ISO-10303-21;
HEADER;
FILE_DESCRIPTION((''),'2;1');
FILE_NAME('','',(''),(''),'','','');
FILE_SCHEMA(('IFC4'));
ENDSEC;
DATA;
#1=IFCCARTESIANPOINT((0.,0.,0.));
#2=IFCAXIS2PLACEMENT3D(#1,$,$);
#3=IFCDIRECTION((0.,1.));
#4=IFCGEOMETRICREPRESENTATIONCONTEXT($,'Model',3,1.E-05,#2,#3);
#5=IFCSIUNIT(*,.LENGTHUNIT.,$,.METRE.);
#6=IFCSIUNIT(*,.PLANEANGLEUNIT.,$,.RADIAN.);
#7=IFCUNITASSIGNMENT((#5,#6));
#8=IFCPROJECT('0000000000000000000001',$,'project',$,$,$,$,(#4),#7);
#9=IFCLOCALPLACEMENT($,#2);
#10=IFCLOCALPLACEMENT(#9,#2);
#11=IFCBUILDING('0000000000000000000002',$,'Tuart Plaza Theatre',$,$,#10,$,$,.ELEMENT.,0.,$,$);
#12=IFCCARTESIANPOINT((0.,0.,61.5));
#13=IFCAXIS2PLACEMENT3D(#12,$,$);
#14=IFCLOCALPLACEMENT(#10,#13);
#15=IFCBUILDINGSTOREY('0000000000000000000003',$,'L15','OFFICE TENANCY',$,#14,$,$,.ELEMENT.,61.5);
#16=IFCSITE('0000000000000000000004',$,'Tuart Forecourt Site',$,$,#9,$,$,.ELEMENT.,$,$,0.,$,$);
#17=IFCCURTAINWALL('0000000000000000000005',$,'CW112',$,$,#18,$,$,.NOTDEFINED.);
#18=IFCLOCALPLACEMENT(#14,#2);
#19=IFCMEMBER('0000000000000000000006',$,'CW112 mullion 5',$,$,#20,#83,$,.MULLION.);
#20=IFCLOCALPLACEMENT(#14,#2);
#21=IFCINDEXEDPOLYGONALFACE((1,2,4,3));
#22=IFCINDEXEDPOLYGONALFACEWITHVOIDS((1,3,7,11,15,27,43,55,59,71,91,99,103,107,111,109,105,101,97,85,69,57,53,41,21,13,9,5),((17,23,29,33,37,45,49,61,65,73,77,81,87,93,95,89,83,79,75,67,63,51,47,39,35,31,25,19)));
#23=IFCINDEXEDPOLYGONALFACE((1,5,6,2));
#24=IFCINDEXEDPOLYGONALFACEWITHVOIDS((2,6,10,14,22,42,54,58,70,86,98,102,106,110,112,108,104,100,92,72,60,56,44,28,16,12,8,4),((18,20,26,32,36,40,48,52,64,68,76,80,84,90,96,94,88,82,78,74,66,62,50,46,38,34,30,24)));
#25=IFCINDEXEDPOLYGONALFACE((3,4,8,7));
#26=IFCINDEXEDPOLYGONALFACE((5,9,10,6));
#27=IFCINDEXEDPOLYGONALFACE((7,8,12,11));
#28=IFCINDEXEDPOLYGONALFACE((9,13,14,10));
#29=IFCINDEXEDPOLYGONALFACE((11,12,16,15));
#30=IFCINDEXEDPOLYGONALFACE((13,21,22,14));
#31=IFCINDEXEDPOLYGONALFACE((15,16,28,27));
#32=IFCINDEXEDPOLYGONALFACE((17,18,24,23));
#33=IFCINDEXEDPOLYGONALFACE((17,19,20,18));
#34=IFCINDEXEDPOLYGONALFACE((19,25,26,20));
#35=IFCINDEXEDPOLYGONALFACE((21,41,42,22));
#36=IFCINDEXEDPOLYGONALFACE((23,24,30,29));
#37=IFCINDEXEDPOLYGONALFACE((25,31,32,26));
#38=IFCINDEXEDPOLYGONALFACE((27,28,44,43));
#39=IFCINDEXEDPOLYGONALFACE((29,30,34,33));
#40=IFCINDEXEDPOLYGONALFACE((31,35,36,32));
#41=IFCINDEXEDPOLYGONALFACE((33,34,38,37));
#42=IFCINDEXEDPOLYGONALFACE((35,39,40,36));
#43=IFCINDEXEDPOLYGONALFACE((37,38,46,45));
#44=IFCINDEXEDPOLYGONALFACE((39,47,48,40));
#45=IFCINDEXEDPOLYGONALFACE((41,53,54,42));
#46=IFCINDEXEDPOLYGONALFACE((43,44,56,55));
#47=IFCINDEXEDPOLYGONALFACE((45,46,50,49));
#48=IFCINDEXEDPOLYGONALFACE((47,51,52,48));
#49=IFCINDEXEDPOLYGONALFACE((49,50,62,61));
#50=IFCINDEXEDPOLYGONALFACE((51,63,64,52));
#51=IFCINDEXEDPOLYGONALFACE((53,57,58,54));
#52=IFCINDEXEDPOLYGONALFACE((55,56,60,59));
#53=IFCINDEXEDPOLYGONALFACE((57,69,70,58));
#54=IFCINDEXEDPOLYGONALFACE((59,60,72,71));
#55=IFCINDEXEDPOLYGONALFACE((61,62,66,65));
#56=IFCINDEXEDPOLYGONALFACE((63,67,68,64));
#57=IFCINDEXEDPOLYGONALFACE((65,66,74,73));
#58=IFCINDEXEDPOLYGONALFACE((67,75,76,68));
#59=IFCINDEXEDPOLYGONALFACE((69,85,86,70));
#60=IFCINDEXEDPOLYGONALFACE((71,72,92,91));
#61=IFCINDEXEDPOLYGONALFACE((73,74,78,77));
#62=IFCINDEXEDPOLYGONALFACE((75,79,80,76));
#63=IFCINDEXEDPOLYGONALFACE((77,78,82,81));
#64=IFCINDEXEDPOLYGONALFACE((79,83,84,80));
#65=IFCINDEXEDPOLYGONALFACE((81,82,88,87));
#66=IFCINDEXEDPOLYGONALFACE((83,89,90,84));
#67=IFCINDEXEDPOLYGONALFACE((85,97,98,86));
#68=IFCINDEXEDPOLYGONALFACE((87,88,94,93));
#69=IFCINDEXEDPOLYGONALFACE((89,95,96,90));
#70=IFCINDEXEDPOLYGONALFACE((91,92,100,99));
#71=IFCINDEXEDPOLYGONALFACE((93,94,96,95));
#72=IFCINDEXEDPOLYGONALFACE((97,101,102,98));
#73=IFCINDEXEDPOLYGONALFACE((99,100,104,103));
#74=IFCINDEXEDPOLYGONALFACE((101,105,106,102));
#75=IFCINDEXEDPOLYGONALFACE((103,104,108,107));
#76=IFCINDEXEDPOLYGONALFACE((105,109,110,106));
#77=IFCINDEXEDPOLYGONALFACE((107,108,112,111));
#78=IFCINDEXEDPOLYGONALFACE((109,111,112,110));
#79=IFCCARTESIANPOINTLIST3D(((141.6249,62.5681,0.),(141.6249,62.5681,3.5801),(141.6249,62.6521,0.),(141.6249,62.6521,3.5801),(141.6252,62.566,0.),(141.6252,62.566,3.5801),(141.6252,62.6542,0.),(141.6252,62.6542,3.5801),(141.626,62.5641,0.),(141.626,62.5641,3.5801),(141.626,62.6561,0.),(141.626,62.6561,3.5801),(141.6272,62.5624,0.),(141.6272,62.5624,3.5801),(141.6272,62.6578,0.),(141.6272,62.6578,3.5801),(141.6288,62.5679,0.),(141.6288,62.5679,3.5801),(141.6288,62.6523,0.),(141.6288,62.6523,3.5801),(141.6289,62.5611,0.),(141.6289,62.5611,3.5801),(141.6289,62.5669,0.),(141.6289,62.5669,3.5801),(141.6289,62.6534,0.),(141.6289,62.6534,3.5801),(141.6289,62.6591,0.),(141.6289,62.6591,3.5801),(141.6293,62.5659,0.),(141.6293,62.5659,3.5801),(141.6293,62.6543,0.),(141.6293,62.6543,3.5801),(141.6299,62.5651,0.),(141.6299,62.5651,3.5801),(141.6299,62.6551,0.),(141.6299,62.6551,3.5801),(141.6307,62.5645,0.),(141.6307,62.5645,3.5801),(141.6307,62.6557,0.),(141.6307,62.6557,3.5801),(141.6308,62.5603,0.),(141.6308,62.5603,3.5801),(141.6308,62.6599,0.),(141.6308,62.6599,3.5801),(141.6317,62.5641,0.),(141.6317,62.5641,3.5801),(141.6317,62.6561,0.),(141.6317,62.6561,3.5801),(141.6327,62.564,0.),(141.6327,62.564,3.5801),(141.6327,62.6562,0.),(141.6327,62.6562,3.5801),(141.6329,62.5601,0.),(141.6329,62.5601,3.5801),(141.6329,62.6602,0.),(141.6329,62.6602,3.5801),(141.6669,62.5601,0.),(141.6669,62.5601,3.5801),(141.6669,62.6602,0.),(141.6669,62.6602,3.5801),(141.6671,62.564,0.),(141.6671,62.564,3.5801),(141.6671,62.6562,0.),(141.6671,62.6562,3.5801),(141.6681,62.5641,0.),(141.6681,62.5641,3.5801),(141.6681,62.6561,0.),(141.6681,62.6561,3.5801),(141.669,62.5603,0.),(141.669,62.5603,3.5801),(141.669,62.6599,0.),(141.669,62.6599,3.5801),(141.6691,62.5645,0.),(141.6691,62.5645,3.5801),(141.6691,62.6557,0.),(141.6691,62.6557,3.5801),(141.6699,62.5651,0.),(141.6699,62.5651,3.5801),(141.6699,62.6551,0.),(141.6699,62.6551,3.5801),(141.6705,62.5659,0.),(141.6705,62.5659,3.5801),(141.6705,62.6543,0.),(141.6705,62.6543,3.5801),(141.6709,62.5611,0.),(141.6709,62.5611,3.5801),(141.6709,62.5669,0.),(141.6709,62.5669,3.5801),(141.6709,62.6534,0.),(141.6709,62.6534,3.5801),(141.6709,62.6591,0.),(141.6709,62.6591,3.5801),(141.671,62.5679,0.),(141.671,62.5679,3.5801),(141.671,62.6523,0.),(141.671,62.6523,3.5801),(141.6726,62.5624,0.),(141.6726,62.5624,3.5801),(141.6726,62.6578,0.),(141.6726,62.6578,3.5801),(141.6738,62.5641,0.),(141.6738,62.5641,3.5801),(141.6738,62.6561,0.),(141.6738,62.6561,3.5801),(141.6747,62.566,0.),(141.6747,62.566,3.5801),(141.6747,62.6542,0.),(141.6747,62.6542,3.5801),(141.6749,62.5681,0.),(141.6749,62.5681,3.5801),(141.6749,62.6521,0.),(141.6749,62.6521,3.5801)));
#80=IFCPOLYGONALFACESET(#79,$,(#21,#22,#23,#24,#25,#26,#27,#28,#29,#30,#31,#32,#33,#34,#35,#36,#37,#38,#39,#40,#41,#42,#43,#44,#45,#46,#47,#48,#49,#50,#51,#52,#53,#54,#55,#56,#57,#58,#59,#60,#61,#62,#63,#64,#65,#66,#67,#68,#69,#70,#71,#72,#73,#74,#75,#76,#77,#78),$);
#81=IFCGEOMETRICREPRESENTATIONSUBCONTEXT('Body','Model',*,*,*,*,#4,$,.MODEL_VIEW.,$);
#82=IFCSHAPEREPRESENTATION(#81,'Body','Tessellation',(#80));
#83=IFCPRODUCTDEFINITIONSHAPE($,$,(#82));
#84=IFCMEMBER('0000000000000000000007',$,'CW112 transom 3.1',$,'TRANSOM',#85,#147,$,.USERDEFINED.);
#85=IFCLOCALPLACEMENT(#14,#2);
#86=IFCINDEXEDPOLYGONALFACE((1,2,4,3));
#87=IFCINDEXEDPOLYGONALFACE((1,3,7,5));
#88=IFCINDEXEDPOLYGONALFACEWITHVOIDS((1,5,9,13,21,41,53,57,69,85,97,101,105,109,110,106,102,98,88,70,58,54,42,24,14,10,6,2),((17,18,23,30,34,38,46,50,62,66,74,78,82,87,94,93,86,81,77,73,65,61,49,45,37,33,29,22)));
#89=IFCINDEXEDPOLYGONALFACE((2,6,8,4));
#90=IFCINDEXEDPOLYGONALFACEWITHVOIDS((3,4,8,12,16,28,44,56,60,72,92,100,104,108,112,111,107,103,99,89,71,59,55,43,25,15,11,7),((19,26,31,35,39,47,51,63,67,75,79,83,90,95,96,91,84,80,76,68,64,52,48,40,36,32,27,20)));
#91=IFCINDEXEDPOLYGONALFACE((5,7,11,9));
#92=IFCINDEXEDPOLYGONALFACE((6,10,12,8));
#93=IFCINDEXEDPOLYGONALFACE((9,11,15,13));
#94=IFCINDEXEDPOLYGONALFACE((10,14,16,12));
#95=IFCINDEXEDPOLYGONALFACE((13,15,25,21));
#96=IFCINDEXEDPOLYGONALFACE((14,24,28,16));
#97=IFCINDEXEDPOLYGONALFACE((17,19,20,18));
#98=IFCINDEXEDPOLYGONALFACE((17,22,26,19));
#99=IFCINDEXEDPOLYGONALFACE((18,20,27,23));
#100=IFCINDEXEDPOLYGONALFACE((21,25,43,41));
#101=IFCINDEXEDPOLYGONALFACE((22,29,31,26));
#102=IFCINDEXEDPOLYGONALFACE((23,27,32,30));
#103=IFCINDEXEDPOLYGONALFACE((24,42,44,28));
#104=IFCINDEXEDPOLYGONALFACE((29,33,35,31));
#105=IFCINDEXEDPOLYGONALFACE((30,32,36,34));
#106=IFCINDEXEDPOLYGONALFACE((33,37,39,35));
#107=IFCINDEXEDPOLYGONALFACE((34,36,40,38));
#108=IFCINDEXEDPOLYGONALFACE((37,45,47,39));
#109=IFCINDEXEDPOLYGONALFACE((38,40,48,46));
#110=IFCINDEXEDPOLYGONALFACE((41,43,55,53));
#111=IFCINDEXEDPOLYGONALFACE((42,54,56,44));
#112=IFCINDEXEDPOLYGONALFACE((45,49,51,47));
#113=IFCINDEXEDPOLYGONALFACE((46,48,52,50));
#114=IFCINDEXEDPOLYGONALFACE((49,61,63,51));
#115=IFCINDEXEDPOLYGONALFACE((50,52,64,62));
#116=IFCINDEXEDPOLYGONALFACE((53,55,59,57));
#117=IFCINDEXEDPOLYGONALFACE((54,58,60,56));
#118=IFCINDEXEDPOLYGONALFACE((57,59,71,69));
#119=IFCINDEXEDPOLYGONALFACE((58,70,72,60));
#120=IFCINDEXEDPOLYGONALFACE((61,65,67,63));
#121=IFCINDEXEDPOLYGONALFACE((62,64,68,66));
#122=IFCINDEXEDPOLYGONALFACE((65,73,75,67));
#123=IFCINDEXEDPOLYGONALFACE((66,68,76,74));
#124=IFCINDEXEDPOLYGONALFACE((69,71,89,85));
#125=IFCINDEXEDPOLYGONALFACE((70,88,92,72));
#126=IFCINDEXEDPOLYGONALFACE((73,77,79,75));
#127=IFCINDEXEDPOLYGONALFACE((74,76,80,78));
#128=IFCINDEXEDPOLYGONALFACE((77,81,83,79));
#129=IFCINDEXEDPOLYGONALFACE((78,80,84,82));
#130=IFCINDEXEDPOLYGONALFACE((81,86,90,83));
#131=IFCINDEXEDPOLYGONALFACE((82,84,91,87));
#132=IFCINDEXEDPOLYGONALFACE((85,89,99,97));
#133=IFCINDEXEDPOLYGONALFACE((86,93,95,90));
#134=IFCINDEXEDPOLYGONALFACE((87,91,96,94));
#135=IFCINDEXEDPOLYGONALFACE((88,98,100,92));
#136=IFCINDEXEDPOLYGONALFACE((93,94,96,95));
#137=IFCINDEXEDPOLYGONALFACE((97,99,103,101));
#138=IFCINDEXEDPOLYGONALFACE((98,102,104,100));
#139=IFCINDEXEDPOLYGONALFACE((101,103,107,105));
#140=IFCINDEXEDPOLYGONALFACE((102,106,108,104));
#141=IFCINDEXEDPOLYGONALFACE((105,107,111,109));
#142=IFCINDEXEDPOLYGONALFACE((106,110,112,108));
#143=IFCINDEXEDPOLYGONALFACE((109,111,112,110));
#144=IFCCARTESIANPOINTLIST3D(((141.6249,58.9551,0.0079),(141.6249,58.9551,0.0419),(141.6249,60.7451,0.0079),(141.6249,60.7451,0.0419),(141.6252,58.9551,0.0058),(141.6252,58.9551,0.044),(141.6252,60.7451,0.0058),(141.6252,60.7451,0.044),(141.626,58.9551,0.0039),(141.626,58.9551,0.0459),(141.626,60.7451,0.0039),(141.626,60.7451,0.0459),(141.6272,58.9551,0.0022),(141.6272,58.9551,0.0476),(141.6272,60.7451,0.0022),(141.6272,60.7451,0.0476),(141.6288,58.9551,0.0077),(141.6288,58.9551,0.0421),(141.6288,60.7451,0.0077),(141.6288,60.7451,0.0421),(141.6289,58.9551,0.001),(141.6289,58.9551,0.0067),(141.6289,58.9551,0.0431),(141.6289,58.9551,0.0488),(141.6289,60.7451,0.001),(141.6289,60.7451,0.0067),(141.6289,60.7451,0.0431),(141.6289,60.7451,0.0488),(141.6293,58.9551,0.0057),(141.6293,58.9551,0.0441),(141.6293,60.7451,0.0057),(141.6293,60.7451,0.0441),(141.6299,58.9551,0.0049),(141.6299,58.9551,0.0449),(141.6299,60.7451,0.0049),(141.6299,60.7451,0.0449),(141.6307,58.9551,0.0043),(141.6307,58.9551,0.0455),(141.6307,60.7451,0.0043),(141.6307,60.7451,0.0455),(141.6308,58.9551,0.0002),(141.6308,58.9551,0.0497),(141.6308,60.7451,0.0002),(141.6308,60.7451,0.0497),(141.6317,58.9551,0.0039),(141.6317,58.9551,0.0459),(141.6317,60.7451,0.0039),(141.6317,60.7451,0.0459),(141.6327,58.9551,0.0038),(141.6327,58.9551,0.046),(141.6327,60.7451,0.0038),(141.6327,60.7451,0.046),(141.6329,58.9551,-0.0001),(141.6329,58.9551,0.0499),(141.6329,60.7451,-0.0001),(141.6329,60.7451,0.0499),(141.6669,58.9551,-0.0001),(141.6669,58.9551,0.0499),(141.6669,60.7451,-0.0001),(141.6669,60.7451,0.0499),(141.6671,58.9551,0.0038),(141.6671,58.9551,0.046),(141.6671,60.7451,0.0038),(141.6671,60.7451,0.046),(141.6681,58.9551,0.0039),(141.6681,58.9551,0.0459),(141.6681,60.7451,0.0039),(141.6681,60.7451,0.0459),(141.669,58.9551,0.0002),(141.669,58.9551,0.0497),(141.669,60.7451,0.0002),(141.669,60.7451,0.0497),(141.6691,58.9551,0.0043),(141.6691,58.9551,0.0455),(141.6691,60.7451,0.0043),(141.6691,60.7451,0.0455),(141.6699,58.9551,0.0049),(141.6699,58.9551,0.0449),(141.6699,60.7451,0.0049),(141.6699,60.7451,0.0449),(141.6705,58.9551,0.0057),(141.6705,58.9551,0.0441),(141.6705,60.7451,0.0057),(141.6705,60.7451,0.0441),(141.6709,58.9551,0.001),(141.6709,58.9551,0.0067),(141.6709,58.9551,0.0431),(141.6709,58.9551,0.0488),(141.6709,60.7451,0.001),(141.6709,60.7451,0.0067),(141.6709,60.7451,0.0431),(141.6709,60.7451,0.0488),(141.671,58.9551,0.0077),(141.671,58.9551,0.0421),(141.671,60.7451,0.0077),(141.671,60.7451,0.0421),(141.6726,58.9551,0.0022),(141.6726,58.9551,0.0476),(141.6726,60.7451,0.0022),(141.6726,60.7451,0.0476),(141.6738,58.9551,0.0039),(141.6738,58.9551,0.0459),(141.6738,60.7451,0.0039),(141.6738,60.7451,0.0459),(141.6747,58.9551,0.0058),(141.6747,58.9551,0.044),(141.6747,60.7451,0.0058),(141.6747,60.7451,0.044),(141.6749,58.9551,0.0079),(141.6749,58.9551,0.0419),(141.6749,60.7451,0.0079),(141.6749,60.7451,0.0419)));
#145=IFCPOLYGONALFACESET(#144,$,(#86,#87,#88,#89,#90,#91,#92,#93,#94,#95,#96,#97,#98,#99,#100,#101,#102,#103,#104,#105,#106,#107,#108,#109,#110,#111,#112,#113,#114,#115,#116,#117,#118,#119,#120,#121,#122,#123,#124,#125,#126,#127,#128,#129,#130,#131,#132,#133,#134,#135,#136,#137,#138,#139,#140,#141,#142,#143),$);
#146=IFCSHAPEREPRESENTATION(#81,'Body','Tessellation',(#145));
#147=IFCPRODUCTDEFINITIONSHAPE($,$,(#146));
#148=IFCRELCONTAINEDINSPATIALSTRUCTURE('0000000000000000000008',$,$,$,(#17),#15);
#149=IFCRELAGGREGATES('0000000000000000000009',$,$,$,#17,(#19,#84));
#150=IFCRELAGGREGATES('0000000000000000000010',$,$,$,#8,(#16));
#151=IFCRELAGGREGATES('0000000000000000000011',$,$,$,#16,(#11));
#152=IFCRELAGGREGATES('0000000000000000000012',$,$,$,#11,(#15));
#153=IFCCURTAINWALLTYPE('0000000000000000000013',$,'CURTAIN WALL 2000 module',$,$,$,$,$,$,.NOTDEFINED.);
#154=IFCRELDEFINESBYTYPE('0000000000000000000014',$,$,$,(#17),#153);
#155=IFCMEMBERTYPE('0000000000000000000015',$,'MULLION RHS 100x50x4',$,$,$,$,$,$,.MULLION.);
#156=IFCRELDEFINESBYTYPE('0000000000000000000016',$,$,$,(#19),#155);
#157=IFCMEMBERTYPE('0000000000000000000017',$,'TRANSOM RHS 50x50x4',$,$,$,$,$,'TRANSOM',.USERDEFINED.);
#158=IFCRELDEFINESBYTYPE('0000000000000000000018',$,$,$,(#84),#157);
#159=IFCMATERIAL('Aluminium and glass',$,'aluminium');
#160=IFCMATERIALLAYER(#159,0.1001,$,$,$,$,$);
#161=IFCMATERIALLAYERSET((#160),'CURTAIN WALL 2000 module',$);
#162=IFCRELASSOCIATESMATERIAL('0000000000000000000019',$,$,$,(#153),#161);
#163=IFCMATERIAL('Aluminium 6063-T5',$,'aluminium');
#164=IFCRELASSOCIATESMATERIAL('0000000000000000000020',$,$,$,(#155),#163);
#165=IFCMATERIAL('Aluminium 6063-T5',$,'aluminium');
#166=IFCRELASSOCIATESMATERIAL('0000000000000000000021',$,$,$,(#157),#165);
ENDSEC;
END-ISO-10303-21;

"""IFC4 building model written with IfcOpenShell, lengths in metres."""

from ifc_helpers import new_model, si_unit, direction, frame, origin, origin_2d, place, context, subcontext, project, spatial, hollow_rectangle, extrude, material, layer, layer_set, material_profile, profile_set, type_object, element, aggregate, save


model = new_model("IFC4")

# Units and contexts
model_context = context("Model", 3, precision=1e-05, world=origin(), true_north=direction((0.0, 1.0)))
body_context = subcontext(model_context, "Body", "Model", "MODEL_VIEW")
ifc_project = project(units=[si_unit("LENGTHUNIT", "METRE"), si_unit("PLANEANGLEUNIT", "RADIAN")], contexts=[model_context])

# Site, building, storey
site_placement = place(None, origin())
site = spatial("IfcSite", under=ifc_project, at=site_placement, Name="Tuart Forecourt Site", CompositionType="ELEMENT", RefElevation=0.0)
building_placement = place(site_placement, origin())
building = spatial("IfcBuilding", under=site, at=building_placement, Name="Tuart Plaza Theatre", CompositionType="ELEMENT", ElevationOfRefHeight=0.0)
storey_placement = place(building_placement, frame((0.0, 0.0, 61.5)))
storey = spatial("IfcBuildingStorey", under=building, at=storey_placement, Name="L15", Description="OFFICE TENANCY", CompositionType="ELEMENT", Elevation=61.5)

# Curtain wall, members
ifc_material_1 = material(Name="Aluminium and glass", Category="aluminium")
ifc_layer_1 = layer(ifc_material_1, 0.1001)
ifc_layer_set_1 = layer_set([ifc_layer_1], Name="CURTAIN WALL 2000 module")
curtain_wall_type = type_object("IfcCurtainWallType", Name="CURTAIN WALL 2000 module", PredefinedType="NOTDEFINED", material=ifc_layer_set_1)
curtain_wall_placement = place(storey_placement, origin())
curtain_wall = element("IfcCurtainWall", 1, at=curtain_wall_placement, inside=storey, type_object=curtain_wall_type, Name="CW112", PredefinedType="NOTDEFINED")
ifc_material_2 = material(Name="Aluminium 6063-T5", Category="aluminium")
ifc_material_profile_1 = material_profile(ifc_material_2, hollow_rectangle(XDim=0.05, YDim=0.1001, WallThickness=0.0039, InnerFilletRadius=0.0039, OuterFilletRadius=0.0081, at=origin_2d()), Name="RHS 100x50x4")
ifc_profile_set_1 = profile_set([ifc_material_profile_1], Name="Aluminium 6063-T5")
member_type_1 = type_object("IfcMemberType", Name="MULLION RHS 100x50x4", PredefinedType="MULLION", material=ifc_profile_set_1)
member_1_placement = place(storey_placement, frame((141.6499, 62.6101, 0.0), z_axis=(0.0, 0.0, 1.0), x_axis=(-1.0, 0.0, 0.0)))
member_1 = element("IfcMember", 2, at=member_1_placement, type_object=member_type_1, Name="CW112 mullion 5", PredefinedType="MULLION", context=body_context, shape_type="SweptSolid", body=[
    extrude(hollow_rectangle(XDim=0.05, YDim=0.1001, WallThickness=0.0039, InnerFilletRadius=0.0039, OuterFilletRadius=0.0081, at=origin_2d()), origin(), (0.0, 0.0, 1.0), 3.5801),
])
ifc_material_3 = material(Name="Aluminium 6063-T5", Category="aluminium")
ifc_material_profile_2 = material_profile(ifc_material_3, hollow_rectangle(XDim=0.05, YDim=0.05, WallThickness=0.0039, InnerFilletRadius=0.0039, OuterFilletRadius=0.0081, at=origin_2d()), Name="RHS 50x50x4")
ifc_profile_set_2 = profile_set([ifc_material_profile_2], Name="Aluminium 6063-T5")
member_type_2 = type_object("IfcMemberType", Name="TRANSOM RHS 50x50x4", ElementType="TRANSOM", PredefinedType="USERDEFINED", material=ifc_profile_set_2)
member_2_placement = place(storey_placement, frame((141.6499, 58.9551, 0.0249), z_axis=(0.0, 1.0, 0.0), x_axis=(-1.0, 0.0, 0.0)))
member_2 = element("IfcMember", 3, at=member_2_placement, type_object=member_type_2, Name="CW112 transom 3.1", ObjectType="TRANSOM", PredefinedType="USERDEFINED", context=body_context, shape_type="SweptSolid", body=[
    extrude(hollow_rectangle(XDim=0.05, YDim=0.05, WallThickness=0.0039, InnerFilletRadius=0.0039, OuterFilletRadius=0.0081, at=origin_2d()), origin(), (0.0, 0.0, 1.0), 1.79),
])
aggregate(curtain_wall, [member_1, member_2])

save(model, "model.ifc")
